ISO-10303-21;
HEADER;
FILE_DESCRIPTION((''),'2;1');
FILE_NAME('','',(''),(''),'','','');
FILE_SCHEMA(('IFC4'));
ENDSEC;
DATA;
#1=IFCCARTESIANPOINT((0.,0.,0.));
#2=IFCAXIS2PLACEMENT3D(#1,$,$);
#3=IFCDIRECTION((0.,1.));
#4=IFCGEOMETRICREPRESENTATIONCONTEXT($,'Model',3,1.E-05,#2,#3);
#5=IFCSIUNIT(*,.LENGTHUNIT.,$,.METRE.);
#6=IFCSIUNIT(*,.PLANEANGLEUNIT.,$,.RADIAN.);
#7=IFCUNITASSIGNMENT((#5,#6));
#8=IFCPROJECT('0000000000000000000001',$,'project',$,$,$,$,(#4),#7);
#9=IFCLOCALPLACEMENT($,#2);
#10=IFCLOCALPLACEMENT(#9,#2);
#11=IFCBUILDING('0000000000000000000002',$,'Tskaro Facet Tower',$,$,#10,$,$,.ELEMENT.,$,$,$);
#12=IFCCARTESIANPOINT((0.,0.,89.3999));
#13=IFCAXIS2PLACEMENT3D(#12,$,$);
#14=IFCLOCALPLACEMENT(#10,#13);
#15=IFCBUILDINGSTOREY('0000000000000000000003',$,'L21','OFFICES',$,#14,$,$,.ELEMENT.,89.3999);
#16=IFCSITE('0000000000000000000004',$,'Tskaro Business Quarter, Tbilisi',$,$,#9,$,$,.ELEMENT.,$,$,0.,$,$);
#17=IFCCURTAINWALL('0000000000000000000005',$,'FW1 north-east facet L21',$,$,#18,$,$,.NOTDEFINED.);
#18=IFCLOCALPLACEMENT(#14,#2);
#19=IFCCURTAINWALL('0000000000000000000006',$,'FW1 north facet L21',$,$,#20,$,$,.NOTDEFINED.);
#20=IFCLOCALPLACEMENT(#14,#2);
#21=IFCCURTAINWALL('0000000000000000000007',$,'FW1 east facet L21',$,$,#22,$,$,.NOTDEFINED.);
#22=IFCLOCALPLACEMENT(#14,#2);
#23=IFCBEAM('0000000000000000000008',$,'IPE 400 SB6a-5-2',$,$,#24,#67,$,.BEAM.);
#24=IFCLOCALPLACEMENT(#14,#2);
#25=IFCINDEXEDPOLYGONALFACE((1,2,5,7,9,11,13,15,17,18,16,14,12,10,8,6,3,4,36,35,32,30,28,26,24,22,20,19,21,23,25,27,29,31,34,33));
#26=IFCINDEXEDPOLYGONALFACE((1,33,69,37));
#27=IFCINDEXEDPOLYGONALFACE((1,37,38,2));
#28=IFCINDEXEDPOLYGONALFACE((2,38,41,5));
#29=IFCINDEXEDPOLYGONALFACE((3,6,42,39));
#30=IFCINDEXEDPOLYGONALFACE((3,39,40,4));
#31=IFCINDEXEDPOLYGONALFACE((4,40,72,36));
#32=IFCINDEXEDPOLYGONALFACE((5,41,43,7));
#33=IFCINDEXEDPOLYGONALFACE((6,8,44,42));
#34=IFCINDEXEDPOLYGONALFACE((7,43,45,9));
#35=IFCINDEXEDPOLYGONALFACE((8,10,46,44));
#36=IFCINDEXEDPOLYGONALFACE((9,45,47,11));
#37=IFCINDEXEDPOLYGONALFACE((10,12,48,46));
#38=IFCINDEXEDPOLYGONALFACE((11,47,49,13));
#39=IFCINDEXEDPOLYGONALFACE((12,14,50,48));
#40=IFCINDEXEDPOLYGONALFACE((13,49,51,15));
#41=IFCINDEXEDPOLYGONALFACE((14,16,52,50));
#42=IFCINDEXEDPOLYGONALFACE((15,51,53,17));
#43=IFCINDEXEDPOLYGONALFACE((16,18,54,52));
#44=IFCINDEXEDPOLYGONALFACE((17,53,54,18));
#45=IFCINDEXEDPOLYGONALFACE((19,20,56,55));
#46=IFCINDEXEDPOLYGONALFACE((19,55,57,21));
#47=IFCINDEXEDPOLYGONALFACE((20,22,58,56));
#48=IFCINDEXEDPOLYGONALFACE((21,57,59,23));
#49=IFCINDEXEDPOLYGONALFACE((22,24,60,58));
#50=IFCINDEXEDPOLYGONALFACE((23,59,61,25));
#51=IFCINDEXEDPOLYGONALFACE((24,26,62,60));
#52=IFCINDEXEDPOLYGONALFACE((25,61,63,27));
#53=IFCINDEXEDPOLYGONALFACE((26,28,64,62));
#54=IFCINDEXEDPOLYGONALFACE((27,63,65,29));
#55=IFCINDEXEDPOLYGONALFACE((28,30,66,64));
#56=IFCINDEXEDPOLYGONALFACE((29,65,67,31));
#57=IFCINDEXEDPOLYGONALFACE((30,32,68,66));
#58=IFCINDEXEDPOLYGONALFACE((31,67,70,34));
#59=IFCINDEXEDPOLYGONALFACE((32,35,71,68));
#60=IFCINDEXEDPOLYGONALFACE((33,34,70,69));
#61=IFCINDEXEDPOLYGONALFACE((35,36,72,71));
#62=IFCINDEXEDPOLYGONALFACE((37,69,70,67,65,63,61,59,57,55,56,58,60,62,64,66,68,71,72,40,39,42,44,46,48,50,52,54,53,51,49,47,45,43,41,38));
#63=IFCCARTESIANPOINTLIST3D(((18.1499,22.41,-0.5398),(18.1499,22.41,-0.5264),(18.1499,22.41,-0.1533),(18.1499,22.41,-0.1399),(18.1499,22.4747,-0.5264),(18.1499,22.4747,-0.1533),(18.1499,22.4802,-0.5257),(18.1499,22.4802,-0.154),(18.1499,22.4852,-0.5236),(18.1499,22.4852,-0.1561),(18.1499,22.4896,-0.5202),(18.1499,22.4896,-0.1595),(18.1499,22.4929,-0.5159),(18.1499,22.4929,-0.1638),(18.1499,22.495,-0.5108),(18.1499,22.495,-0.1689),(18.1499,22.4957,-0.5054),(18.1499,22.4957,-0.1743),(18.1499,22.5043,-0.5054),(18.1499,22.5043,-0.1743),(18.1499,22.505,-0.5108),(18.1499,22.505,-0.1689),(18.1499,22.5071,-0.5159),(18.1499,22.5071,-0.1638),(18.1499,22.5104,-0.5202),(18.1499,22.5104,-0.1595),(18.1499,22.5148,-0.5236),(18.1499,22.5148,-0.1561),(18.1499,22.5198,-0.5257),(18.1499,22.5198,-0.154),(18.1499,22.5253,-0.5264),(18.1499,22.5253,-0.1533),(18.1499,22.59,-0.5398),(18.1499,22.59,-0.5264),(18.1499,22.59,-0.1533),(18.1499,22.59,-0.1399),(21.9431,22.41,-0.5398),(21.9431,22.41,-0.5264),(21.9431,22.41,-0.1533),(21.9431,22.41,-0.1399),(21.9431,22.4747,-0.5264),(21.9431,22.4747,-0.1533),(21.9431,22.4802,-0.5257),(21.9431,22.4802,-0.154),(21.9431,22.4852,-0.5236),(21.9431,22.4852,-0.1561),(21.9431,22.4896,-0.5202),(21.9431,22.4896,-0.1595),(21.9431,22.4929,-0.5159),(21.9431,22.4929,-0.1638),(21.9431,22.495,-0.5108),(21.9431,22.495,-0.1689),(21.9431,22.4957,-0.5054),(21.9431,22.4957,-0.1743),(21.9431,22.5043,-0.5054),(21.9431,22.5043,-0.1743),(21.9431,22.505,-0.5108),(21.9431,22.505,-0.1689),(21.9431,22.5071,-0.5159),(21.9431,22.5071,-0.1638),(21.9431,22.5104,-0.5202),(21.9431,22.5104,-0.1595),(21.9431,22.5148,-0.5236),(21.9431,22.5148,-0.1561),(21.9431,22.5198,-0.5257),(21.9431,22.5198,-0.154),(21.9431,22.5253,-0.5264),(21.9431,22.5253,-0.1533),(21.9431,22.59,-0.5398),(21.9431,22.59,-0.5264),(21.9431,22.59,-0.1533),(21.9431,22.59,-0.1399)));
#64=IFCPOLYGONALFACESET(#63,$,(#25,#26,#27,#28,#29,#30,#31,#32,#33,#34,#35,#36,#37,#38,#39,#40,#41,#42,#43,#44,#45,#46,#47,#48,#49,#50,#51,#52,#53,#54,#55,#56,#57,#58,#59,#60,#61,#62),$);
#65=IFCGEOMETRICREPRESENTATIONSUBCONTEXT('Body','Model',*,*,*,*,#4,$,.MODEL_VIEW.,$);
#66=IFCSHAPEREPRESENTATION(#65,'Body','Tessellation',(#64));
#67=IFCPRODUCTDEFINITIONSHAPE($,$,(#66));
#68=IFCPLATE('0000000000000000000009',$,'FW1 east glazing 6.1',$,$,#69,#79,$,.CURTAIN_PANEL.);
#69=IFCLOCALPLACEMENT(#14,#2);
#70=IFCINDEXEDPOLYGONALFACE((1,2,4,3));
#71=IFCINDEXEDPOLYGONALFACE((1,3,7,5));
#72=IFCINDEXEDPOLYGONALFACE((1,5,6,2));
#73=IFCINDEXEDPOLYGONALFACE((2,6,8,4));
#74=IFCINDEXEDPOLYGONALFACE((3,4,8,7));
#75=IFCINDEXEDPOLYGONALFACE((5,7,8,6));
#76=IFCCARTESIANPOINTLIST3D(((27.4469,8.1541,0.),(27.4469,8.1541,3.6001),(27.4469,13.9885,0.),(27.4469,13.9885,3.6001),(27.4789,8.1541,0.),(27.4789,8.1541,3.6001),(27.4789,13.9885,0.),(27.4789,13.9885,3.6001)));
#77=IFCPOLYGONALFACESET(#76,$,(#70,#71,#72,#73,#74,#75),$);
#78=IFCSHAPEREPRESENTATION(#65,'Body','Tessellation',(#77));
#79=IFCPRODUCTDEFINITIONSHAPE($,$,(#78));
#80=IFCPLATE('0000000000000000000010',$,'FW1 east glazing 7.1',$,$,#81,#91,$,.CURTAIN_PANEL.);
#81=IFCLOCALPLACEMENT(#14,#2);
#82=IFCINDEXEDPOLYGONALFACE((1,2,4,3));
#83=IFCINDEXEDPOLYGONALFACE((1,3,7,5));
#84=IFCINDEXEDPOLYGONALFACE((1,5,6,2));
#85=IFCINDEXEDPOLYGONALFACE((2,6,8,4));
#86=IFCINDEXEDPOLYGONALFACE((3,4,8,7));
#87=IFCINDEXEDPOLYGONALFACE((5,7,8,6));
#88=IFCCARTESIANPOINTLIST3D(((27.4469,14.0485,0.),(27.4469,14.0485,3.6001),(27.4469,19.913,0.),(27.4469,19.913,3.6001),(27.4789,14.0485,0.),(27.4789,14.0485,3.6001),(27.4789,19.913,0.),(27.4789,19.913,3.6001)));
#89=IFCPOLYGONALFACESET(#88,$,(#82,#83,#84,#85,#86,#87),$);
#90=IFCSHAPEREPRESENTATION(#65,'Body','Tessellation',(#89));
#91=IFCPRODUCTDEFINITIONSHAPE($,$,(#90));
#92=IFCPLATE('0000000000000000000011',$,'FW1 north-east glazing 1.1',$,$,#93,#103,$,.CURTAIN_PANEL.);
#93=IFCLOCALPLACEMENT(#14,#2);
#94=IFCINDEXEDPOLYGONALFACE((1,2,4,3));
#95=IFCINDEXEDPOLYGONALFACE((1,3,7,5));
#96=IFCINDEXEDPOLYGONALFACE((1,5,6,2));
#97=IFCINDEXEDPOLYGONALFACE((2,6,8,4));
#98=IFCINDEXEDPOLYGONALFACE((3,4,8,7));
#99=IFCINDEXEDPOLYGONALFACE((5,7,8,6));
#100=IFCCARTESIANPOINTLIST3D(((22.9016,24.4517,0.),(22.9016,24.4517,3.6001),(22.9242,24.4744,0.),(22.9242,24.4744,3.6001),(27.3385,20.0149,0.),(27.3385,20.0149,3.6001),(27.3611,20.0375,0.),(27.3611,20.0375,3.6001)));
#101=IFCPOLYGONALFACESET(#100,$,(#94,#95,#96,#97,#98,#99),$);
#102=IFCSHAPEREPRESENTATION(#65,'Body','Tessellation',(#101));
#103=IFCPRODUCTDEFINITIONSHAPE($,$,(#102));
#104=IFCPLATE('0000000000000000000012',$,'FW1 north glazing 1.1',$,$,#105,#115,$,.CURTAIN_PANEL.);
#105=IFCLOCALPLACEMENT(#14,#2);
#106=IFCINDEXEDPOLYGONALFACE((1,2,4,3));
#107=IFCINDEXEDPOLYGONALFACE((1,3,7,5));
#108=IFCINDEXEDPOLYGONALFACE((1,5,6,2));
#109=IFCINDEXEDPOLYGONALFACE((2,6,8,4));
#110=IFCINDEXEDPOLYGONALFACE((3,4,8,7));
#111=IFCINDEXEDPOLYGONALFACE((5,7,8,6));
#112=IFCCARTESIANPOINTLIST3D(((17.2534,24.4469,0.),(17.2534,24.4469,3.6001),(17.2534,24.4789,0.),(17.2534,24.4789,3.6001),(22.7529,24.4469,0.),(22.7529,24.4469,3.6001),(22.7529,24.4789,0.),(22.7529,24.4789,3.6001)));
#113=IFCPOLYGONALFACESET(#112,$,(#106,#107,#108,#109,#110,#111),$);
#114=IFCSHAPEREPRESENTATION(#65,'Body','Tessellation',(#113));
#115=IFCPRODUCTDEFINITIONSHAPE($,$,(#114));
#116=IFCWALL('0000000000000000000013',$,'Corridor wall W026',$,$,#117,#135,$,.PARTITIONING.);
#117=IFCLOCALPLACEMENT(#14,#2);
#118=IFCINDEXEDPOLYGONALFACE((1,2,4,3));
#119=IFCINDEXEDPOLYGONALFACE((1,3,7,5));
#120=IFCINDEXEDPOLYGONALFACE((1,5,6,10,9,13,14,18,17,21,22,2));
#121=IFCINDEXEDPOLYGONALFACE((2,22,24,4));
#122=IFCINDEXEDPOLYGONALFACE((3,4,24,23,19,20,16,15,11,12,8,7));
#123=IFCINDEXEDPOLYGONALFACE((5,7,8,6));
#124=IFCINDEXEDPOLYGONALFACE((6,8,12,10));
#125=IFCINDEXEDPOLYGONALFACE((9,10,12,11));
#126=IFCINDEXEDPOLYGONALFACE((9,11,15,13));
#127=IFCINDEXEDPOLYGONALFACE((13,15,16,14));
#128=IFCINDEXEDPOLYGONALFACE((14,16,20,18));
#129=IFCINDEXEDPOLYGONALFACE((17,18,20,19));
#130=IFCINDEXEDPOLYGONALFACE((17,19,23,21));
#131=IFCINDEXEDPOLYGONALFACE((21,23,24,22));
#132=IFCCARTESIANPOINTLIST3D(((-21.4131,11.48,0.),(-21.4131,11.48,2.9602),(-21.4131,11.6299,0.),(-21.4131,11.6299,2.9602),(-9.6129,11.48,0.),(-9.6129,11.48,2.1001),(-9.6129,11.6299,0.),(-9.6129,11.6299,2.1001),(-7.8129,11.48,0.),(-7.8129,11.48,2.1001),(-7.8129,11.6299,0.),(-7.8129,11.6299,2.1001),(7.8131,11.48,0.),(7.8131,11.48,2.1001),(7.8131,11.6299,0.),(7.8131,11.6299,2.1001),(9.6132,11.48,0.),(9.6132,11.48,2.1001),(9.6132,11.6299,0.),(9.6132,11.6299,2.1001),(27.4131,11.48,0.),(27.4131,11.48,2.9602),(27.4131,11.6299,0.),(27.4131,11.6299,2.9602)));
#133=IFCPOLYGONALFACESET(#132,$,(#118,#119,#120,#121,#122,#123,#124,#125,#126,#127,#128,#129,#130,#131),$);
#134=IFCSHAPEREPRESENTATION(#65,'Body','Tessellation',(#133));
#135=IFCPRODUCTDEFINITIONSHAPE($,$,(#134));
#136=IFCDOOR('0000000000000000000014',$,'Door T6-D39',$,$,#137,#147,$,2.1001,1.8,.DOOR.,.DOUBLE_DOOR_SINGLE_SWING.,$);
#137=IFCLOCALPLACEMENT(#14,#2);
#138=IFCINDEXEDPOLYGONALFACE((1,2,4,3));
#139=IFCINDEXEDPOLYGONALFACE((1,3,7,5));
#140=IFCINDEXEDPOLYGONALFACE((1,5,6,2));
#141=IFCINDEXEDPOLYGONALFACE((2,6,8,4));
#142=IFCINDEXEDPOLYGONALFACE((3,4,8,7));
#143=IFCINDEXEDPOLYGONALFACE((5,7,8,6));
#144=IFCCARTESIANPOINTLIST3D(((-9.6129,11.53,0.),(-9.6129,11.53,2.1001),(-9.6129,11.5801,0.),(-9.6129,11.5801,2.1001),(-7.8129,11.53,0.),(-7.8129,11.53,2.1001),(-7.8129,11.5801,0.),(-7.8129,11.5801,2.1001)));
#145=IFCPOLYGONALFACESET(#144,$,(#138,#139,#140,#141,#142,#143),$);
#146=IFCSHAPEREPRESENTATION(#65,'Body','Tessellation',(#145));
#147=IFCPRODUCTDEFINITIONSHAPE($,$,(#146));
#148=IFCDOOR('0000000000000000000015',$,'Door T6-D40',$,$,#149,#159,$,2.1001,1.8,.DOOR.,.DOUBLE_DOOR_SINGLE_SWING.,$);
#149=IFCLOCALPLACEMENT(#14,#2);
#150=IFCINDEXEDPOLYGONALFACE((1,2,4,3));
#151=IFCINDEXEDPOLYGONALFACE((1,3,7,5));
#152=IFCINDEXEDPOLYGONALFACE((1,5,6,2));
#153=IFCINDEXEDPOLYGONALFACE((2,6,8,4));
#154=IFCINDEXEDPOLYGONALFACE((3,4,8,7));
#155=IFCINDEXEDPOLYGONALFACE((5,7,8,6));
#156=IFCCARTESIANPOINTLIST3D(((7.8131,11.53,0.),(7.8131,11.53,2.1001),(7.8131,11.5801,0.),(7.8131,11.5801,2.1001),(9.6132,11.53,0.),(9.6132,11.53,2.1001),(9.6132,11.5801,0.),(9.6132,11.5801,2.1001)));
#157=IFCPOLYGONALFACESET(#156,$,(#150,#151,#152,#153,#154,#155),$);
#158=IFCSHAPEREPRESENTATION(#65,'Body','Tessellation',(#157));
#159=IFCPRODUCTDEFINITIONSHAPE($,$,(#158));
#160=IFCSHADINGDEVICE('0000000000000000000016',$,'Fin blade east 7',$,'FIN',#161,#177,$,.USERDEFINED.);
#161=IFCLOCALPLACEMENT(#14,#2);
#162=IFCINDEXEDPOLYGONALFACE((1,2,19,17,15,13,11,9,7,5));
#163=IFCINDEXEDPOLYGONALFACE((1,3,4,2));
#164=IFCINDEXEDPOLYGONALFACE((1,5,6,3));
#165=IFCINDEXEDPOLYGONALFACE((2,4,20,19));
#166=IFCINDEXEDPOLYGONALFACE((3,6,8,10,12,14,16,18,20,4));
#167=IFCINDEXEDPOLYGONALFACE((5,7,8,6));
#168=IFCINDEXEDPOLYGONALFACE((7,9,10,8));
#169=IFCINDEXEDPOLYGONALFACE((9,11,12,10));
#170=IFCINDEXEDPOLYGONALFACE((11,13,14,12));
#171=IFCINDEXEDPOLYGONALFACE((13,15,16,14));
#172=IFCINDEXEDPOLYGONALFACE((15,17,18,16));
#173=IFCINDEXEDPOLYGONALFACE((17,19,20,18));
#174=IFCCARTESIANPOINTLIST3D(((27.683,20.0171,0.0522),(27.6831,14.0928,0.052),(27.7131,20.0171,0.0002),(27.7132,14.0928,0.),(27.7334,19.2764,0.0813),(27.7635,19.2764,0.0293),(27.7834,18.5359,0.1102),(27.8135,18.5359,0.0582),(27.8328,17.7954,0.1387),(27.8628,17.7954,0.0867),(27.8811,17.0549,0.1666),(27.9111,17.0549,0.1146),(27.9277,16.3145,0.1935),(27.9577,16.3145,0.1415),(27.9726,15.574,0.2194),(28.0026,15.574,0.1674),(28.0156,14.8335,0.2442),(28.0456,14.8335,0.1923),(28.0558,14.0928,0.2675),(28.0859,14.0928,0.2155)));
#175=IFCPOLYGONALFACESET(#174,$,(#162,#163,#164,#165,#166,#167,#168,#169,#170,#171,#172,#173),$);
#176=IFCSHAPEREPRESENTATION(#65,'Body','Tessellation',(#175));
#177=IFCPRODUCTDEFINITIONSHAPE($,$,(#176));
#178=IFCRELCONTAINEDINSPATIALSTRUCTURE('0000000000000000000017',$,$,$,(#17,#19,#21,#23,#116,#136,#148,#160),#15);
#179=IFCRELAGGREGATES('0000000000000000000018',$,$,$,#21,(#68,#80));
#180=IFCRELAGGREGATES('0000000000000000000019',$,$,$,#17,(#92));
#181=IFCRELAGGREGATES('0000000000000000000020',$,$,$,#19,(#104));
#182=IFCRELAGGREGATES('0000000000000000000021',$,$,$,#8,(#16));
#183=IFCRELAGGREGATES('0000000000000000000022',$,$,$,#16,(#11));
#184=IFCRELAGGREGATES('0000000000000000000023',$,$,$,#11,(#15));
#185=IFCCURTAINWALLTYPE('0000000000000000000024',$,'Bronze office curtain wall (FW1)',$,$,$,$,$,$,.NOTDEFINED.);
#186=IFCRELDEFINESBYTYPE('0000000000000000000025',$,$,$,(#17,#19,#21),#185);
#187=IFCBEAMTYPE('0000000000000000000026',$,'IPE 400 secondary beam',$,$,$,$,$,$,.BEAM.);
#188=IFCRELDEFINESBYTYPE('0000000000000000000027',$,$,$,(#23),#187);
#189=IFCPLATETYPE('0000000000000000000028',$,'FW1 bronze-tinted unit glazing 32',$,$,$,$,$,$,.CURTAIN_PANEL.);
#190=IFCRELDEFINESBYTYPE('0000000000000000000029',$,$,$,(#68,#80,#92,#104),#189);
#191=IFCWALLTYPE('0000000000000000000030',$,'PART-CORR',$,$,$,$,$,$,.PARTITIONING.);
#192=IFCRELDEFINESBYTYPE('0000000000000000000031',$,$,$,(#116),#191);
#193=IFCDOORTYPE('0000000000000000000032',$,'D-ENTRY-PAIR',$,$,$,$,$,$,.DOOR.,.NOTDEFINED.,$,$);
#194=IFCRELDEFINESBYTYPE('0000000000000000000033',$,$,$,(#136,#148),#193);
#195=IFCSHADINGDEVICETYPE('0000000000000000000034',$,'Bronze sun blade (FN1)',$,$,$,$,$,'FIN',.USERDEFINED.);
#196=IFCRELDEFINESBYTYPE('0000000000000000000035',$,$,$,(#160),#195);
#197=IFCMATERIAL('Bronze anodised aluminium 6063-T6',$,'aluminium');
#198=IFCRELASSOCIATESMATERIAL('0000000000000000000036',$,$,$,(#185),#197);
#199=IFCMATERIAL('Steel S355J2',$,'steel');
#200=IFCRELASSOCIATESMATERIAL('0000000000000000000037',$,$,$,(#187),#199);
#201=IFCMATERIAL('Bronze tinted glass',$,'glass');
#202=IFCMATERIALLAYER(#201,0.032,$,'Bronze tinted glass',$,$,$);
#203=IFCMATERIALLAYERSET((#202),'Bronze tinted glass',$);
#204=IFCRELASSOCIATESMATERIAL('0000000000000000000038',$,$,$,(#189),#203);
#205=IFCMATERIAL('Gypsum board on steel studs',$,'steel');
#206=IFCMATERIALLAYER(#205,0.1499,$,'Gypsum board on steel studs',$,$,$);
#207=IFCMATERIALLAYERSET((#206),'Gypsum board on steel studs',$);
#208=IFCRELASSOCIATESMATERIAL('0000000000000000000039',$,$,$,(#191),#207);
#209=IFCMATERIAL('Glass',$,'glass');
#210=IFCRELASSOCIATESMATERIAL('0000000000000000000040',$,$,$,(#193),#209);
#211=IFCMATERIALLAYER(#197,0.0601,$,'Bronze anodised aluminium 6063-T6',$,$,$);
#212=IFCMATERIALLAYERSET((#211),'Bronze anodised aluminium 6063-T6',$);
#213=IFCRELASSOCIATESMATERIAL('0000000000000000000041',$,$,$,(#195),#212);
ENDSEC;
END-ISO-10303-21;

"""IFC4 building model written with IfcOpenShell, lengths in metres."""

from ifc_helpers import new_model, si_unit, direction, frame, frame_2d, origin, origin_2d, place, context, subcontext, project, spatial, polyline, rectangle, i_section, outline, extrude, material, layer, layer_set, material_profile, profile_set, type_object, element, fill, aggregate, save


model = new_model("IFC4")

# Units and contexts
model_context = context("Model", 3, precision=1e-05, world=origin(), true_north=direction((0.0, 1.0)))
body_context = subcontext(model_context, "Body", "Model", "MODEL_VIEW")
ifc_project = project(units=[si_unit("LENGTHUNIT", "METRE"), si_unit("PLANEANGLEUNIT", "RADIAN")], contexts=[model_context])

# Site, building, storey
site_placement = place(None, origin())
site = spatial("IfcSite", under=ifc_project, at=site_placement, Name="Tskaro Business Quarter, Tbilisi", CompositionType="ELEMENT", RefElevation=0.0)
building_placement = place(site_placement, origin())
building = spatial("IfcBuilding", under=site, at=building_placement, Name="Tskaro Facet Tower", CompositionType="ELEMENT")
storey_placement = place(building_placement, frame((0.0, 0.0, 89.3999)))
storey = spatial("IfcBuildingStorey", under=building, at=storey_placement, Name="L21", Description="OFFICES", CompositionType="ELEMENT", Elevation=89.3999)

# Curtain walls
ifc_material_1 = material(Name="Bronze anodised aluminium 6063-T6", Category="aluminium")
curtain_wall_type = type_object("IfcCurtainWallType", Name="Bronze office curtain wall (FW1)", PredefinedType="NOTDEFINED", material=ifc_material_1)
curtain_wall_1_placement = place(storey_placement, origin())
curtain_wall_1 = element("IfcCurtainWall", 1, at=curtain_wall_1_placement, inside=storey, type_object=curtain_wall_type, Name="FW1 north-east facet L21", PredefinedType="NOTDEFINED")
curtain_wall_2_placement = place(storey_placement, origin())
curtain_wall_2 = element("IfcCurtainWall", 2, at=curtain_wall_2_placement, inside=storey, type_object=curtain_wall_type, Name="FW1 north facet L21", PredefinedType="NOTDEFINED")

# Curtain wall
curtain_wall_3_placement = place(storey_placement, origin())
curtain_wall_3 = element("IfcCurtainWall", 3, at=curtain_wall_3_placement, inside=storey, type_object=curtain_wall_type, Name="FW1 east facet L21", PredefinedType="NOTDEFINED")

# Beam
ifc_material_2 = material(Name="Steel S355J2", Category="steel")
ifc_material_profile_1 = material_profile(ifc_material_2, i_section(OverallWidth=0.1799, OverallDepth=0.3999, WebThickness=0.0085, FlangeThickness=0.0134, FilletRadius=0.021, at=origin_2d()), Name="IPE 400")
ifc_profile_set_1 = profile_set([ifc_material_profile_1], Name="Steel S355J2")
beam_type_1 = type_object("IfcBeamType", Name="IPE 400 secondary beam", PredefinedType="BEAM", material=ifc_profile_set_1)
beam_1_placement = place(storey_placement, frame((18.1499, 22.5, -0.3398), z_axis=(1.0, 0.0, 0.0), x_axis=(0.0, 1.0, 0.0)))
element("IfcBeam", 4, at=beam_1_placement, inside=storey, type_object=beam_type_1, Name="IPE 400 SB6a-5-2", PredefinedType="BEAM", context=body_context, shape_type="SweptSolid", body=[
    extrude(i_section(OverallWidth=0.1799, OverallDepth=0.3999, WebThickness=0.0085, FlangeThickness=0.0134, FilletRadius=0.021, at=origin_2d()), origin(), (0.0, 0.0, 1.0), 3.7932),
])

# Plates
ifc_material_3 = material(Name="Bronze tinted glass", Category="glass")
ifc_layer_1 = layer(ifc_material_3, 0.032, Name="Bronze tinted glass")
ifc_layer_set_1 = layer_set([ifc_layer_1], Name="Bronze tinted glass")
plate_type = type_object("IfcPlateType", Name="FW1 bronze-tinted unit glazing 32", PredefinedType="CURTAIN_PANEL", material=ifc_layer_set_1)
plate_1_placement = place(storey_placement, frame((27.4629, 11.0713, 0.0), z_axis=(0.0, 0.0, 1.0), x_axis=(0.0, 1.0, 0.0)))
plate_1 = element("IfcPlate", 5, at=plate_1_placement, type_object=plate_type, Name="FW1 east glazing 6.1", PredefinedType="CURTAIN_PANEL", context=body_context, shape_type="SweptSolid", body=[
    extrude(rectangle(XDim=5.8345, YDim=0.032, at=origin_2d()), origin(), (0.0, 0.0, 1.0), 3.6001),
])
plate_2_placement = place(storey_placement, frame((27.4629, 16.9807, 0.0), z_axis=(0.0, 0.0, 1.0), x_axis=(0.0, 1.0, 0.0)))
plate_2 = element("IfcPlate", 6, at=plate_2_placement, type_object=plate_type, Name="FW1 east glazing 7.1", PredefinedType="CURTAIN_PANEL", context=body_context, shape_type="SweptSolid", body=[
    extrude(rectangle(XDim=5.8645, YDim=0.032, at=origin_2d()), origin(), (0.0, 0.0, 1.0), 3.6001),
])
aggregate(curtain_wall_3, [plate_1, plate_2])
plate_3_placement = place(storey_placement, frame((25.1313, 22.2446, 0.0), z_axis=(0.0, 0.0, 1.0), x_axis=(-0.707107, 0.707107, 0.0)))
plate_3 = element("IfcPlate", 7, at=plate_3_placement, type_object=plate_type, Name="FW1 north-east glazing 1.1", PredefinedType="CURTAIN_PANEL", context=body_context, shape_type="SweptSolid", body=[
    extrude(rectangle(XDim=6.2747, YDim=0.032, at=origin_2d()), origin(), (0.0, 0.0, 1.0), 3.6001),
])
aggregate(curtain_wall_1, [plate_3])
plate_4_placement = place(storey_placement, frame((20.0032, 24.4629, 0.0), z_axis=(0.0, 0.0, 1.0), x_axis=(-1.0, 0.0, 0.0)))
plate_4 = element("IfcPlate", 8, at=plate_4_placement, type_object=plate_type, Name="FW1 north glazing 1.1", PredefinedType="CURTAIN_PANEL", context=body_context, shape_type="SweptSolid", body=[
    extrude(rectangle(XDim=5.4995, YDim=0.032, at=origin_2d()), origin(), (0.0, 0.0, 1.0), 3.6001),
])
aggregate(curtain_wall_2, [plate_4])

# Wall, openings, doors
ifc_material_4 = material(Name="Gypsum board on steel studs", Category="steel")
ifc_layer_2 = layer(ifc_material_4, 0.1499, Name="Gypsum board on steel studs")
ifc_layer_set_2 = layer_set([ifc_layer_2], Name="Gypsum board on steel studs")
wall_type = type_object("IfcWallType", Name="PART-CORR", PredefinedType="PARTITIONING", material=ifc_layer_set_2)
wall_placement = place(storey_placement, frame((27.4131, 11.5549, 0.0), z_axis=(0.0, 0.0, 1.0), x_axis=(-1.0, 0.0, 0.0)))
wall = element("IfcWall", 9, at=wall_placement, inside=storey, type_object=wall_type, Name="Corridor wall W026", PredefinedType="PARTITIONING", context=body_context, shape_type="SweptSolid", body=[
    extrude(rectangle(XDim=48.8262, YDim=0.1499, at=frame_2d((24.4131, 0.0))), origin(), (0.0, 0.0, 1.0), 2.9602),
])
opening_1_placement = place(wall_placement, frame((35.2261, 0.0, 0.0)))
opening_1 = element("IfcOpeningElement", 10, at=opening_1_placement, cuts=wall, PredefinedType="OPENING", context=body_context, shape_type="SweptSolid", body=[
    extrude(rectangle(XDim=1.8, YDim=2.1001, at=frame_2d((0.8999, 1.05))), frame((0.0, 0.085, 0.0), z_axis=(0.0, -1.0, 0.0), x_axis=(1.0, 0.0, 0.0)), (0.0, 0.0, 1.0), 0.1699),
])
opening_2_placement = place(wall_placement, frame((17.8, 0.0, 0.0)))
opening_2 = element("IfcOpeningElement", 11, at=opening_2_placement, cuts=wall, PredefinedType="OPENING", context=body_context, shape_type="SweptSolid", body=[
    extrude(rectangle(XDim=1.8, YDim=2.1001, at=frame_2d((0.8999, 1.05))), frame((0.0, 0.085, 0.0), z_axis=(0.0, -1.0, 0.0), x_axis=(1.0, 0.0, 0.0)), (0.0, 0.0, 1.0), 0.1699),
])
ifc_material_5 = material(Name="Glass", Category="glass")
door_type = type_object("IfcDoorType", Name="D-ENTRY-PAIR", OperationType="NOTDEFINED", PredefinedType="DOOR", material=ifc_material_5)
door_1_placement = place(opening_1_placement, origin())
door_1 = element("IfcDoor", 12, at=door_1_placement, inside=storey, type_object=door_type, Name="Door T6-D39", OperationType="DOUBLE_DOOR_SINGLE_SWING", OverallHeight=2.1001, OverallWidth=1.8, PredefinedType="DOOR", context=body_context, shape_type="SweptSolid", body=[
    extrude(rectangle(XDim=1.8, YDim=2.1001, at=frame_2d((0.8999, 1.05))), frame((0.0, 0.0249, 0.0), z_axis=(0.0, -1.0, 0.0), x_axis=(1.0, 0.0, 0.0)), (0.0, 0.0, 1.0), 0.05),
])
fill(opening_1, door_1)
door_2_placement = place(opening_2_placement, origin())
door_2 = element("IfcDoor", 13, at=door_2_placement, inside=storey, type_object=door_type, Name="Door T6-D40", OperationType="DOUBLE_DOOR_SINGLE_SWING", OverallHeight=2.1001, OverallWidth=1.8, PredefinedType="DOOR", context=body_context, shape_type="SweptSolid", body=[
    extrude(rectangle(XDim=1.8, YDim=2.1001, at=frame_2d((0.8999, 1.05))), frame((0.0, 0.0249, 0.0), z_axis=(0.0, -1.0, 0.0), x_axis=(1.0, 0.0, 0.0)), (0.0, 0.0, 1.0), 0.05),
])
fill(opening_2, door_2)

# Shading device
ifc_layer_3 = layer(ifc_material_1, 0.0601, Name="Bronze anodised aluminium 6063-T6")
ifc_layer_set_3 = layer_set([ifc_layer_3], Name="Bronze anodised aluminium 6063-T6")
shading_device_type = type_object("IfcShadingDeviceType", Name="Bronze sun blade (FN1)", ElementType="FIN", PredefinedType="USERDEFINED", material=ifc_layer_set_3)
shading_device_1_placement = place(storey_placement, frame((27.6831, 14.0928, 0.052), z_axis=(-0.500534, -0.000032, 0.865717), x_axis=(-0.000016, 1.0, 0.000028)))
element("IfcShadingDevice", 14, at=shading_device_1_placement, inside=storey, type_object=shading_device_type, Name="Fin blade east 7", ObjectType="FIN", PredefinedType="USERDEFINED", context=body_context, shape_type="SweptSolid", body=[
    extrude(outline(polyline([(0.0, 0.0), (5.9243, 0.0), (5.1836, -0.0582), (4.4431, -0.116), (3.7026, -0.1729), (2.9622, -0.2287), (2.2217, -0.2825), (1.4812, -0.3344), (0.7407, -0.384), (0.0, -0.4305), (0.0, 0.0)])), origin(), (0.0, 0.0, -1.0), 0.0601),
])

save(model, "model.ifc")
